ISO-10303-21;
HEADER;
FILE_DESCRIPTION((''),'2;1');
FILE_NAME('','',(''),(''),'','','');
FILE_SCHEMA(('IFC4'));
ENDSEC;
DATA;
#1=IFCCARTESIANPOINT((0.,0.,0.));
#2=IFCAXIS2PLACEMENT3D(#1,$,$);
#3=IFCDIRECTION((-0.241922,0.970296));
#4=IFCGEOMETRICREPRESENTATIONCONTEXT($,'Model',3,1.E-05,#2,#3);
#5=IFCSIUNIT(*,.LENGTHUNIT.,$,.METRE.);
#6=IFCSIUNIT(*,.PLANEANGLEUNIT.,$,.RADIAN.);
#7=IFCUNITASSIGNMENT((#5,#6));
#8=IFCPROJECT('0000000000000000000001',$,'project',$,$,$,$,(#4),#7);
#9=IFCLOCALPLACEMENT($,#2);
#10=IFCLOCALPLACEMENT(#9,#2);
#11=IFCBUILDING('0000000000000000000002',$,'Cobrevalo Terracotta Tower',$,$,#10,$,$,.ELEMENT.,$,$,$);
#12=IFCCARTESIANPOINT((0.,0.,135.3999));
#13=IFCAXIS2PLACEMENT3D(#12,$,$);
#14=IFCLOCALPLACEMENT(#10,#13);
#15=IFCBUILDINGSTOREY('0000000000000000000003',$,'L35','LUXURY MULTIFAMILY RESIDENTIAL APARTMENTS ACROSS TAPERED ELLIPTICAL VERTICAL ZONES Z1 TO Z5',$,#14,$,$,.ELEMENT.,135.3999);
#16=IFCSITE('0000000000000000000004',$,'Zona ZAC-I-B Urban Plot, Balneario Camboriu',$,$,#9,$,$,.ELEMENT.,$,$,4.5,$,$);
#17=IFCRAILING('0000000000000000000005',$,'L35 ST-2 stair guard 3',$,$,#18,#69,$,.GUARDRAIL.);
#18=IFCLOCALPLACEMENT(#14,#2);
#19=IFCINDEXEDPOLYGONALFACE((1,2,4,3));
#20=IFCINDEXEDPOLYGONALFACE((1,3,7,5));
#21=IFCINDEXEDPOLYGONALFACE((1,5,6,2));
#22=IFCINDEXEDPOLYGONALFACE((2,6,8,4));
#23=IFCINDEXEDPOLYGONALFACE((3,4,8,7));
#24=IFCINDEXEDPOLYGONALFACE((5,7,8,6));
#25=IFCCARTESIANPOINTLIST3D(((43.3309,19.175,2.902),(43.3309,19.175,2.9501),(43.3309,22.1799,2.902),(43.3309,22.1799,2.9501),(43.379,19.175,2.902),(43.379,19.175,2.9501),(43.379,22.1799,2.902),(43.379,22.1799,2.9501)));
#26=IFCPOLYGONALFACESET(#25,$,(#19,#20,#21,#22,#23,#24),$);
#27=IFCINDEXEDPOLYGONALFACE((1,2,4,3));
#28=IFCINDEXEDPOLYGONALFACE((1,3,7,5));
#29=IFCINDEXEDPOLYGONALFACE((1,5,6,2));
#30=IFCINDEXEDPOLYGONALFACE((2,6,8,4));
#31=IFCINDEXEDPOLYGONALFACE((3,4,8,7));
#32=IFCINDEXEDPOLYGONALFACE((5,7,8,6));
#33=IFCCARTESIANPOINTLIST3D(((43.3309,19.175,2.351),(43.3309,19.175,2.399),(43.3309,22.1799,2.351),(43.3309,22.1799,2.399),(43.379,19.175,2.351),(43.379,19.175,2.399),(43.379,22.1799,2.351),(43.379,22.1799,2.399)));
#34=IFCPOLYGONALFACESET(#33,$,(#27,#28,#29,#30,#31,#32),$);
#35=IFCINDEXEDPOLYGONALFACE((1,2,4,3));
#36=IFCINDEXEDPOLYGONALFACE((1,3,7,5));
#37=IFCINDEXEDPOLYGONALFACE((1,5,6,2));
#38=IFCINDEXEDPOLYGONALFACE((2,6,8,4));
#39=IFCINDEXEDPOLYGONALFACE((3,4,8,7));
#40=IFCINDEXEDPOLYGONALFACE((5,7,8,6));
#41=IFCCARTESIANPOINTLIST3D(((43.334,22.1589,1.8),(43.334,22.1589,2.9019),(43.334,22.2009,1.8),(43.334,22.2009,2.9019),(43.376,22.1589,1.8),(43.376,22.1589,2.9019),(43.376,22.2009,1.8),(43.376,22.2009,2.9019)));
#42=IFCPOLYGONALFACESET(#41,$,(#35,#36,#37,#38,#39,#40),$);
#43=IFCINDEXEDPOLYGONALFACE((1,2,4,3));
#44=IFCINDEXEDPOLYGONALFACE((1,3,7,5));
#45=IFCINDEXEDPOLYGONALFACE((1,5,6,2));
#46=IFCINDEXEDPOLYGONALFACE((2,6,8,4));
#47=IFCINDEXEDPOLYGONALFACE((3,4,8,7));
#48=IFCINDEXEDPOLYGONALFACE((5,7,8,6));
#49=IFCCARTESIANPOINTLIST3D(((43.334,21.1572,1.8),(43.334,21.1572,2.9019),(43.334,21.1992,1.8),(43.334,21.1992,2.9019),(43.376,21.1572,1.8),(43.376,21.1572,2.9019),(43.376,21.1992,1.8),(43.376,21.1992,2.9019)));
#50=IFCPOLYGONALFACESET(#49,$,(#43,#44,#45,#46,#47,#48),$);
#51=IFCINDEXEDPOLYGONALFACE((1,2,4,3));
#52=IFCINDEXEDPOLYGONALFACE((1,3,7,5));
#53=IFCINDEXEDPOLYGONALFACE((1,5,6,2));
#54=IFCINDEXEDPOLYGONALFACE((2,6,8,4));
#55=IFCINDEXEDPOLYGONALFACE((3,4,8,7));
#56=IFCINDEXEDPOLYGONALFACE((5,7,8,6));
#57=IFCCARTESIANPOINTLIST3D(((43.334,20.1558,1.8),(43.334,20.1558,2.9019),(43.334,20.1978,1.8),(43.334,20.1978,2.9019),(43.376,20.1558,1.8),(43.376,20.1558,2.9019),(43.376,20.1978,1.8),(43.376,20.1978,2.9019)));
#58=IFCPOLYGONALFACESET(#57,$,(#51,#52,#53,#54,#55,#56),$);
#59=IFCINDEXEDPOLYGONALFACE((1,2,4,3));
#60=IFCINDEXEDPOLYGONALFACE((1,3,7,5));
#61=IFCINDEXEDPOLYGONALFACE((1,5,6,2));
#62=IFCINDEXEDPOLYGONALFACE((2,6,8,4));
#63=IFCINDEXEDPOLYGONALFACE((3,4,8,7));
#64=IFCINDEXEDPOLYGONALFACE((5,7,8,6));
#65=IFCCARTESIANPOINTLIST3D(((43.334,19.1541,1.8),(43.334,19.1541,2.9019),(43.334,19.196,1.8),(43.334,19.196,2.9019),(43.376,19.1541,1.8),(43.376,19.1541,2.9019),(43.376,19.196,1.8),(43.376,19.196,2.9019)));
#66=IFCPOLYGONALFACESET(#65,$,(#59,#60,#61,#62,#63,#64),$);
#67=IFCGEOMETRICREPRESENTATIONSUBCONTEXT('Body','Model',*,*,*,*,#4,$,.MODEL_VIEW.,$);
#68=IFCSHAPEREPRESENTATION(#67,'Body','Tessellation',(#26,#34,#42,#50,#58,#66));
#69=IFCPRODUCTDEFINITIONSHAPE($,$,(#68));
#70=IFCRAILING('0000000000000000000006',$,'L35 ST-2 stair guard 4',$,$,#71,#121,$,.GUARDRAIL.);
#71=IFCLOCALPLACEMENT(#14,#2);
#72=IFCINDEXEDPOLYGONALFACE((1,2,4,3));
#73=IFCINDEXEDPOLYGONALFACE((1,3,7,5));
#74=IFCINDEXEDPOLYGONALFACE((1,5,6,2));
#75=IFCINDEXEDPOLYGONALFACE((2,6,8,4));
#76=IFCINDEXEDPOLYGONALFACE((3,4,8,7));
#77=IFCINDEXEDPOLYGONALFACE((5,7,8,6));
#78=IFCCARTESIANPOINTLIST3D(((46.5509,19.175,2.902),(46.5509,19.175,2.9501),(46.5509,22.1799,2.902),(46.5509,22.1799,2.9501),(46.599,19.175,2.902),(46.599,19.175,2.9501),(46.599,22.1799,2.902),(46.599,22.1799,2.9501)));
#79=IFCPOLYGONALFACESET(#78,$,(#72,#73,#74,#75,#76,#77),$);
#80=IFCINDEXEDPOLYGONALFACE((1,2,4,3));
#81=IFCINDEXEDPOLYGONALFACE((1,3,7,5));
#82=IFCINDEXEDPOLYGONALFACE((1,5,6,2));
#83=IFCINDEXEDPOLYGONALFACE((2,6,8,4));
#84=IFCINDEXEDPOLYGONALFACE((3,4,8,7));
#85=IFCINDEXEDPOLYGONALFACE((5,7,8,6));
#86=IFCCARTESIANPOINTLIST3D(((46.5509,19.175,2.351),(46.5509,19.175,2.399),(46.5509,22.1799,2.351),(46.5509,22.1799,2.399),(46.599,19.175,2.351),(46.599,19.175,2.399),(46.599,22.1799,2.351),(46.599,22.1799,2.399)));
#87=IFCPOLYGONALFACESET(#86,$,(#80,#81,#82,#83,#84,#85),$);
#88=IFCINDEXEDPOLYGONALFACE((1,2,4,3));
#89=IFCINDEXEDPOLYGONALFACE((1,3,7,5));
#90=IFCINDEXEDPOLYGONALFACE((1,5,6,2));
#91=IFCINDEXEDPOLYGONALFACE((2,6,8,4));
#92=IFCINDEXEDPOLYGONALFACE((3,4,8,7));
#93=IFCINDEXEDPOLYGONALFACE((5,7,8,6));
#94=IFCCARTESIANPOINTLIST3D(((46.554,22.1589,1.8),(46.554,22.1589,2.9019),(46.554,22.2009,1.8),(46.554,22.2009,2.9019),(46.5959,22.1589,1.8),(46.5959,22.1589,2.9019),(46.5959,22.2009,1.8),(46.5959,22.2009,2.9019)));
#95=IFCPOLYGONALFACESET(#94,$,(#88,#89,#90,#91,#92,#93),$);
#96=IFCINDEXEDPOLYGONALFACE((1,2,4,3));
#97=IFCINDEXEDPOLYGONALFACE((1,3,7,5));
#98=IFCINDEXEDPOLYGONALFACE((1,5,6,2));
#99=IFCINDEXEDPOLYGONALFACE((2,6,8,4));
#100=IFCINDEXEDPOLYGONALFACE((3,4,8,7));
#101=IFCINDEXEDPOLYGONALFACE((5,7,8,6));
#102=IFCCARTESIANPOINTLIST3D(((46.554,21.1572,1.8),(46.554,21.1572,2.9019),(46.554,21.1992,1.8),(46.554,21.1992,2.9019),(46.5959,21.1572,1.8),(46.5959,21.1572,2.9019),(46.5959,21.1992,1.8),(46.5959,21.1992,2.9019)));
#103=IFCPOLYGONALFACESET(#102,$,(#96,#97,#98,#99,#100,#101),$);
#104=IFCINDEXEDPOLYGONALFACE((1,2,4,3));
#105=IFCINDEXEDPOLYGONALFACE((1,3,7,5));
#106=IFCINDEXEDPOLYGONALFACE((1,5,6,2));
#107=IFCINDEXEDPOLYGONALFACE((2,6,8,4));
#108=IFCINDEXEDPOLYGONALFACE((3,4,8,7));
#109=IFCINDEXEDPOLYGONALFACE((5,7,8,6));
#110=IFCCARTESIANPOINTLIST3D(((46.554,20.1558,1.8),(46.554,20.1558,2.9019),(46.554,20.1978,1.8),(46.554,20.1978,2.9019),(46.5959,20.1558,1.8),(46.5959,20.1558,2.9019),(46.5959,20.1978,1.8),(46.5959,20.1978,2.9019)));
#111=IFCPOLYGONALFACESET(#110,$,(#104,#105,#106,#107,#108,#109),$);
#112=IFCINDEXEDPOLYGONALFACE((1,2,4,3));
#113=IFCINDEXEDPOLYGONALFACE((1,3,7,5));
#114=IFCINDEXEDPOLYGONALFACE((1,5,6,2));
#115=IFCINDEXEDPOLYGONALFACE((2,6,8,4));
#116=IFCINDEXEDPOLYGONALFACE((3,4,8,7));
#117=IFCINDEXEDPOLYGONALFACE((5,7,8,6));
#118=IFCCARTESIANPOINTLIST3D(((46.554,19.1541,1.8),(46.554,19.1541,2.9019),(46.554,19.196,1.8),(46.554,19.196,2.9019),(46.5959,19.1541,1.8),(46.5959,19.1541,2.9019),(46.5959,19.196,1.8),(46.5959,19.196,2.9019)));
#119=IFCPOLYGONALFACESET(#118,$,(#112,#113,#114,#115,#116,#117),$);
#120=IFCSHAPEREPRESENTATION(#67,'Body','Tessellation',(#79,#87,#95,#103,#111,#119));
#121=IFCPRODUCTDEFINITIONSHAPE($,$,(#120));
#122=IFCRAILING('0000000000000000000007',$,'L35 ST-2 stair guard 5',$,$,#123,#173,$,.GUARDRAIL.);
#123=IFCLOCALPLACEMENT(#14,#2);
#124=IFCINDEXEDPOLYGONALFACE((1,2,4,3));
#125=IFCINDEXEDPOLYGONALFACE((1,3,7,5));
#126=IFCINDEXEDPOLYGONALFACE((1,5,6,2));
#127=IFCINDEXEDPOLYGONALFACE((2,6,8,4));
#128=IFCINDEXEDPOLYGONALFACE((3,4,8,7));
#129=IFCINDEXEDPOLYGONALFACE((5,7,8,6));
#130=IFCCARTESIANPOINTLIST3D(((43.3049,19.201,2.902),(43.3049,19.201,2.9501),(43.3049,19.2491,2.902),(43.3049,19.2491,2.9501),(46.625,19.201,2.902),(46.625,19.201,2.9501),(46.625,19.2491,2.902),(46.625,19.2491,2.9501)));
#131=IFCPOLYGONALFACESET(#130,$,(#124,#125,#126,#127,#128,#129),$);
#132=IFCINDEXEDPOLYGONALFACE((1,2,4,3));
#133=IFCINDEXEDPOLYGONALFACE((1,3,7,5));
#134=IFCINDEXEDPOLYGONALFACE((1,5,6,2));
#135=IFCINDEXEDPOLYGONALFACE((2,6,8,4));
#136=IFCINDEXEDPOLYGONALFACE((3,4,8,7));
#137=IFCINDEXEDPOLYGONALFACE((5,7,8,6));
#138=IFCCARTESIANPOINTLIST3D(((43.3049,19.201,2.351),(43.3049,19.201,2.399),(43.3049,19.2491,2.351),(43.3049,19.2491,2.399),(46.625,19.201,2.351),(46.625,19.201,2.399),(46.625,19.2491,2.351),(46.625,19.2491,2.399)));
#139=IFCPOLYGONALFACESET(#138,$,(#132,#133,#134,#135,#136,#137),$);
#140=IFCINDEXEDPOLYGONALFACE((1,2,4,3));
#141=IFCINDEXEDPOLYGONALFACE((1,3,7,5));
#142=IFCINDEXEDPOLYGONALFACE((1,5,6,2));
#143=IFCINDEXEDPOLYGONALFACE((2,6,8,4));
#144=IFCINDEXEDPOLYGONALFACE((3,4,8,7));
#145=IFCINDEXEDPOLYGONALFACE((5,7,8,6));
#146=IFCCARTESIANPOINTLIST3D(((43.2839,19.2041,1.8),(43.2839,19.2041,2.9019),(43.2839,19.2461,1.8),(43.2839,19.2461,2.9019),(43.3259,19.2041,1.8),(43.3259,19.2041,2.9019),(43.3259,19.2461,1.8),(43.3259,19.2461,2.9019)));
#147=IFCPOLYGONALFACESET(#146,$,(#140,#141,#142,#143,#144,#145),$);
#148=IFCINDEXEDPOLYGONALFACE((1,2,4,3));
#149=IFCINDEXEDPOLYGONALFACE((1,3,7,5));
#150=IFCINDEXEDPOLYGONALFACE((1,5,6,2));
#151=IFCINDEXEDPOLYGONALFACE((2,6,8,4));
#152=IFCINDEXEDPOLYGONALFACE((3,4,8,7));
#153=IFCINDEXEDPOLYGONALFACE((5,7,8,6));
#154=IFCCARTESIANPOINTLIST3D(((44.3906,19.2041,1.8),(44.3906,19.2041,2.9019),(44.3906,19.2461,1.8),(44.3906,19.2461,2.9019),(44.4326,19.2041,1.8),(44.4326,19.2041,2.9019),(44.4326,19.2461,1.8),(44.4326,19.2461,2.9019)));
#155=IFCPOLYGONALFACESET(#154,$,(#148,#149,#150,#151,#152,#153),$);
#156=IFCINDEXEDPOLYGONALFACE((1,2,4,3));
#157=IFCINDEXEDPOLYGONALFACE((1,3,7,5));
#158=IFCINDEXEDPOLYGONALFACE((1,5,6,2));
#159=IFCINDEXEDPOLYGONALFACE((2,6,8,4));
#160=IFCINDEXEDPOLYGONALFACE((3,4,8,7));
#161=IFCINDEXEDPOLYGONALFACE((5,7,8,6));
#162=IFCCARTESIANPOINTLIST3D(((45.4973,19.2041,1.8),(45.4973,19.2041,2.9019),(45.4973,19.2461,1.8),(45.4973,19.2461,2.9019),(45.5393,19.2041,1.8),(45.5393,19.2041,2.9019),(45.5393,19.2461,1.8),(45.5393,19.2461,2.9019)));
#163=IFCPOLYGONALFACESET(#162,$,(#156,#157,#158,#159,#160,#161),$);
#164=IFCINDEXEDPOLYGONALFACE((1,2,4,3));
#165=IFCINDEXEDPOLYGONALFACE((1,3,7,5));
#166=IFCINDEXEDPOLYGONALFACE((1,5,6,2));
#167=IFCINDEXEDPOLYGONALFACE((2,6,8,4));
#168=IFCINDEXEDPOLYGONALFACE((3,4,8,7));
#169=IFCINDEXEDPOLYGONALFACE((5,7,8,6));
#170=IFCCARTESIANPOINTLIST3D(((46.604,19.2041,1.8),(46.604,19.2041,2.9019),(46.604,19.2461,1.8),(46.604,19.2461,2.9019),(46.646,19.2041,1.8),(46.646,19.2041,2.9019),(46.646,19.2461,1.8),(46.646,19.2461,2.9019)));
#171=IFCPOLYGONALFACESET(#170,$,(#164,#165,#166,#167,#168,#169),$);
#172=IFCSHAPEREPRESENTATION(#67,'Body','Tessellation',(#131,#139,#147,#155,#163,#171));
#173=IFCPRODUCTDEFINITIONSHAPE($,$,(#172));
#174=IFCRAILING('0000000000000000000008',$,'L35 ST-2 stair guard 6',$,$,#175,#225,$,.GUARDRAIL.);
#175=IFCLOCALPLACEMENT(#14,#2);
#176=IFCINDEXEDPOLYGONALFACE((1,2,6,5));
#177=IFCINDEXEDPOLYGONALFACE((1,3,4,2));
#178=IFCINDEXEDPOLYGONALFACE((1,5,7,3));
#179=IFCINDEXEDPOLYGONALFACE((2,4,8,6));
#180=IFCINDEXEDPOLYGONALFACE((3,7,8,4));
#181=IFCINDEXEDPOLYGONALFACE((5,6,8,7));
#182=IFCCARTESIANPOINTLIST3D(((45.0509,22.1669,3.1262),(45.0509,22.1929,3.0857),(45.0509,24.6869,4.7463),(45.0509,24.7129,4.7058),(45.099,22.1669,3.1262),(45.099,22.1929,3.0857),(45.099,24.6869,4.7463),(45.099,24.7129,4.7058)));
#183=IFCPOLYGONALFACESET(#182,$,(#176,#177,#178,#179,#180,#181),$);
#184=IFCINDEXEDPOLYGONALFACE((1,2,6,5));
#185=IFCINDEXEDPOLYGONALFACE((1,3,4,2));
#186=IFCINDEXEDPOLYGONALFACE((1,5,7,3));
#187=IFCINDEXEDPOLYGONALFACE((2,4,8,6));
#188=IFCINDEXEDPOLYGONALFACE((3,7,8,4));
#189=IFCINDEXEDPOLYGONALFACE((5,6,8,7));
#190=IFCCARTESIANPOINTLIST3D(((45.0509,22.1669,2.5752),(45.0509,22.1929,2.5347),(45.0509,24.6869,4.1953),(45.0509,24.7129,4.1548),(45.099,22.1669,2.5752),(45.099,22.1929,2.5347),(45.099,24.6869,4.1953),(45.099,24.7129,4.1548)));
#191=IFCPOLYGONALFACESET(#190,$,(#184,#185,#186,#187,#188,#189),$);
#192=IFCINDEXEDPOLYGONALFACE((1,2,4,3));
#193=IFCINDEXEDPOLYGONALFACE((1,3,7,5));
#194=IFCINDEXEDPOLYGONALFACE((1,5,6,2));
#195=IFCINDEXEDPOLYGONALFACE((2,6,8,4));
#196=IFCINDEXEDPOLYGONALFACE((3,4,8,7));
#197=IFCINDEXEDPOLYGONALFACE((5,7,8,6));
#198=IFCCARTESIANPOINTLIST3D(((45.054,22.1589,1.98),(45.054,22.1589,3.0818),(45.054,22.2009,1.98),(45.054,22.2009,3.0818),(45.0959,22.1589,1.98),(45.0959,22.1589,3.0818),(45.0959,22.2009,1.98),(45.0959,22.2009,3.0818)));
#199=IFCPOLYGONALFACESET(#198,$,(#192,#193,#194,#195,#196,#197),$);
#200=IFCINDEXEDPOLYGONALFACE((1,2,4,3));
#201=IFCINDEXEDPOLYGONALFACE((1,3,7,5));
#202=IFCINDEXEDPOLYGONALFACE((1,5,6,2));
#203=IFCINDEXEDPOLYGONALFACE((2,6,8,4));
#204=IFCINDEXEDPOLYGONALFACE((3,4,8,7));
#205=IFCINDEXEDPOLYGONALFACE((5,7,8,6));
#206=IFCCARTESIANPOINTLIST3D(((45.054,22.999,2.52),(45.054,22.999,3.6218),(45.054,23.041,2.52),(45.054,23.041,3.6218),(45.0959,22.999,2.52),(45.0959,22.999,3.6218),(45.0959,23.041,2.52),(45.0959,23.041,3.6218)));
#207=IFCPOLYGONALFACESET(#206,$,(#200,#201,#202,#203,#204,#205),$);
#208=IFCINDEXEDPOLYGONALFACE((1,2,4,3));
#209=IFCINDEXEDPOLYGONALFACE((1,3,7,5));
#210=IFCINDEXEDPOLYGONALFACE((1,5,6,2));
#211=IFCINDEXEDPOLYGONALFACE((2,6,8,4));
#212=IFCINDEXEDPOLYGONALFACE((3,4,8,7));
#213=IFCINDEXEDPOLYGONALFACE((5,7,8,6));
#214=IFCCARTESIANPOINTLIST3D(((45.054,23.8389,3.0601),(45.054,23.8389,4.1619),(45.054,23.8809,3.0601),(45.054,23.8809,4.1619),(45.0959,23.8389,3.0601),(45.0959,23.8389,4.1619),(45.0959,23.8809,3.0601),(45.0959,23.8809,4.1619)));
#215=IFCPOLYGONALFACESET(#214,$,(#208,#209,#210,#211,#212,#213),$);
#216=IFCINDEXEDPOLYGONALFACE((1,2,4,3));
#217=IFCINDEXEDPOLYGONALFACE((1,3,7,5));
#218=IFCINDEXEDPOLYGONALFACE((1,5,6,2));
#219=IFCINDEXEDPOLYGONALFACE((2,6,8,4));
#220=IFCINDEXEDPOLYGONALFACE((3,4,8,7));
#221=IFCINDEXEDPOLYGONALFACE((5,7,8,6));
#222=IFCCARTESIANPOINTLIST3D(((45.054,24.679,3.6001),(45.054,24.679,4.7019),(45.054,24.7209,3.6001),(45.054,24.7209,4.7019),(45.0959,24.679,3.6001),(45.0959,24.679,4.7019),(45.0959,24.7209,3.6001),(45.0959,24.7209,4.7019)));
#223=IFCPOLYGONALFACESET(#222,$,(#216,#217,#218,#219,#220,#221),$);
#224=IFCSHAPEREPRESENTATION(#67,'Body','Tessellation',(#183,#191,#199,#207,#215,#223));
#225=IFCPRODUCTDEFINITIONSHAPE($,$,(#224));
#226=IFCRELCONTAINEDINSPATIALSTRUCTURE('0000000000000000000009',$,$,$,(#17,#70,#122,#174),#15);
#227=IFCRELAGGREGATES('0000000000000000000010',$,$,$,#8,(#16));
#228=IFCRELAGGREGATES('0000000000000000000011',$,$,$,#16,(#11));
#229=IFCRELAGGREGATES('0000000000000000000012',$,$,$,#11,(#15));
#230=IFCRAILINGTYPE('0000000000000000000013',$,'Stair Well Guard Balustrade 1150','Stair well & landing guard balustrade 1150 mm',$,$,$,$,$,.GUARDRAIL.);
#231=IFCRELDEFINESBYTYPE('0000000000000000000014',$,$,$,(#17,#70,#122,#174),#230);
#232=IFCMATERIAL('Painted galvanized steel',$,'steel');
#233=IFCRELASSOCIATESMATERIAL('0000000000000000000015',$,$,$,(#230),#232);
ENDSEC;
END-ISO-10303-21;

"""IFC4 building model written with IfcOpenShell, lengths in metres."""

from ifc_helpers import new_model, si_unit, direction, frame, origin, origin_2d, place, context, subcontext, project, spatial, rectangle, extrude, material, type_object, element, save


model = new_model("IFC4")

# Units and contexts
model_context = context("Model", 3, precision=1e-05, world=origin(), true_north=direction((-0.241922, 0.970296)))
body_context = subcontext(model_context, "Body", "Model", "MODEL_VIEW")
ifc_project = project(units=[si_unit("LENGTHUNIT", "METRE"), si_unit("PLANEANGLEUNIT", "RADIAN")], contexts=[model_context])

# Site, building, storey
site_placement = place(None, origin())
site = spatial("IfcSite", under=ifc_project, at=site_placement, Name="Zona ZAC-I-B Urban Plot, Balneario Camboriu", CompositionType="ELEMENT", RefElevation=4.5)
building_placement = place(site_placement, origin())
building = spatial("IfcBuilding", under=site, at=building_placement, Name="Cobrevalo Terracotta Tower", CompositionType="ELEMENT")
storey_placement = place(building_placement, frame((0.0, 0.0, 135.3999)))
storey = spatial("IfcBuildingStorey", under=building, at=storey_placement, Name="L35", Description="LUXURY MULTIFAMILY RESIDENTIAL APARTMENTS ACROSS TAPERED ELLIPTICAL VERTICAL ZONES Z1 TO Z5", CompositionType="ELEMENT", Elevation=135.3999)

# Railings
ifc_material_1 = material(Name="Painted galvanized steel", Category="steel")
railing_type_1 = type_object("IfcRailingType", Name="Stair Well Guard Balustrade 1150", Description="Stair well & landing guard balustrade 1150 mm", PredefinedType="GUARDRAIL", material=ifc_material_1)
for number, where, name in (
    (1, (43.355, 22.1799, 1.8), "L35 ST-2 stair guard 3"),
    (2, (46.575, 22.1799, 1.8), "L35 ST-2 stair guard 4"),
):
    element("IfcRailing", number, at=place(storey_placement, frame(where)), inside=storey, type_object=railing_type_1, Name=name, PredefinedType="GUARDRAIL", context=body_context, shape_type="SweptSolid", body=[
        extrude(rectangle(XDim=0.0481, YDim=0.0481, at=origin_2d()), frame((0.0, 0.0, 1.126), z_axis=(0.0, -1.0, 0.0), x_axis=(1.0, 0.0, 0.0)), (0.0, 0.0, 1.0), 3.0049),
        extrude(rectangle(XDim=0.0481, YDim=0.0481, at=origin_2d()), frame((0.0, 0.0, 0.575), z_axis=(0.0, -1.0, 0.0), x_axis=(1.0, 0.0, 0.0)), (0.0, 0.0, 1.0), 3.0049),
        extrude(rectangle(XDim=0.042, YDim=0.042, at=origin_2d()), origin(), (0.0, 0.0, 1.0), 1.1018),
        extrude(rectangle(XDim=0.042, YDim=0.042, at=origin_2d()), frame((0.0, -1.0017, 0.0)), (0.0, 0.0, 1.0), 1.1018),
        extrude(rectangle(XDim=0.042, YDim=0.042, at=origin_2d()), frame((0.0, -2.0032, 0.0)), (0.0, 0.0, 1.0), 1.1018),
        extrude(rectangle(XDim=0.042, YDim=0.042, at=origin_2d()), frame((0.0, -3.0049, 0.0)), (0.0, 0.0, 1.0), 1.1018),
    ])
railing_1_placement = place(storey_placement, frame((43.3049, 19.2251, 1.8)))
element("IfcRailing", 3, at=railing_1_placement, inside=storey, type_object=railing_type_1, Name="L35 ST-2 stair guard 5", PredefinedType="GUARDRAIL", context=body_context, shape_type="SweptSolid", body=[
    extrude(rectangle(XDim=0.0481, YDim=0.0481, at=origin_2d()), frame((0.0, 0.0, 1.126), z_axis=(1.0, 0.0, 0.0), x_axis=(0.0, 1.0, 0.0)), (0.0, 0.0, 1.0), 3.3201),
    extrude(rectangle(XDim=0.0481, YDim=0.0481, at=origin_2d()), frame((0.0, 0.0, 0.575), z_axis=(1.0, 0.0, 0.0), x_axis=(0.0, 1.0, 0.0)), (0.0, 0.0, 1.0), 3.3201),
    extrude(rectangle(XDim=0.042, YDim=0.042, at=origin_2d()), origin(), (0.0, 0.0, 1.0), 1.1018),
    extrude(rectangle(XDim=0.042, YDim=0.042, at=origin_2d()), frame((1.1067, 0.0, 0.0)), (0.0, 0.0, 1.0), 1.1018),
    extrude(rectangle(XDim=0.042, YDim=0.042, at=origin_2d()), frame((2.2134, 0.0, 0.0)), (0.0, 0.0, 1.0), 1.1018),
    extrude(rectangle(XDim=0.042, YDim=0.042, at=origin_2d()), frame((3.3201, 0.0, 0.0)), (0.0, 0.0, 1.0), 1.1018),
])
railing_2_placement = place(storey_placement, frame((45.075, 22.1799, 1.98)))
element("IfcRailing", 4, at=railing_2_placement, inside=storey, type_object=railing_type_1, Name="L35 ST-2 stair guard 6", PredefinedType="GUARDRAIL", context=body_context, shape_type="SweptSolid", body=[
    extrude(rectangle(XDim=0.0481, YDim=0.0481, at=origin_2d()), frame((0.0, 0.0, 1.126), z_axis=(0.0, 0.841163, 0.540782), x_axis=(-1.0, 0.0, 0.0)), (0.0, 0.0, 1.0), 2.9958),
    extrude(rectangle(XDim=0.0481, YDim=0.0481, at=origin_2d()), frame((0.0, 0.0, 0.575), z_axis=(0.0, 0.841163, 0.540782), x_axis=(-1.0, 0.0, 0.0)), (0.0, 0.0, 1.0), 2.9958),
    extrude(rectangle(XDim=0.042, YDim=0.042, at=origin_2d()), origin(), (0.0, 0.0, 1.0), 1.1018),
    extrude(rectangle(XDim=0.042, YDim=0.042, at=origin_2d()), frame((0.0, 0.8401, 0.54)), (0.0, 0.0, 1.0), 1.1018),
    extrude(rectangle(XDim=0.042, YDim=0.042, at=origin_2d()), frame((0.0, 1.6799, 1.0801)), (0.0, 0.0, 1.0), 1.1018),
    extrude(rectangle(XDim=0.042, YDim=0.042, at=origin_2d()), frame((0.0, 2.52, 1.6201)), (0.0, 0.0, 1.0), 1.1018),
])

save(model, "model.ifc")
